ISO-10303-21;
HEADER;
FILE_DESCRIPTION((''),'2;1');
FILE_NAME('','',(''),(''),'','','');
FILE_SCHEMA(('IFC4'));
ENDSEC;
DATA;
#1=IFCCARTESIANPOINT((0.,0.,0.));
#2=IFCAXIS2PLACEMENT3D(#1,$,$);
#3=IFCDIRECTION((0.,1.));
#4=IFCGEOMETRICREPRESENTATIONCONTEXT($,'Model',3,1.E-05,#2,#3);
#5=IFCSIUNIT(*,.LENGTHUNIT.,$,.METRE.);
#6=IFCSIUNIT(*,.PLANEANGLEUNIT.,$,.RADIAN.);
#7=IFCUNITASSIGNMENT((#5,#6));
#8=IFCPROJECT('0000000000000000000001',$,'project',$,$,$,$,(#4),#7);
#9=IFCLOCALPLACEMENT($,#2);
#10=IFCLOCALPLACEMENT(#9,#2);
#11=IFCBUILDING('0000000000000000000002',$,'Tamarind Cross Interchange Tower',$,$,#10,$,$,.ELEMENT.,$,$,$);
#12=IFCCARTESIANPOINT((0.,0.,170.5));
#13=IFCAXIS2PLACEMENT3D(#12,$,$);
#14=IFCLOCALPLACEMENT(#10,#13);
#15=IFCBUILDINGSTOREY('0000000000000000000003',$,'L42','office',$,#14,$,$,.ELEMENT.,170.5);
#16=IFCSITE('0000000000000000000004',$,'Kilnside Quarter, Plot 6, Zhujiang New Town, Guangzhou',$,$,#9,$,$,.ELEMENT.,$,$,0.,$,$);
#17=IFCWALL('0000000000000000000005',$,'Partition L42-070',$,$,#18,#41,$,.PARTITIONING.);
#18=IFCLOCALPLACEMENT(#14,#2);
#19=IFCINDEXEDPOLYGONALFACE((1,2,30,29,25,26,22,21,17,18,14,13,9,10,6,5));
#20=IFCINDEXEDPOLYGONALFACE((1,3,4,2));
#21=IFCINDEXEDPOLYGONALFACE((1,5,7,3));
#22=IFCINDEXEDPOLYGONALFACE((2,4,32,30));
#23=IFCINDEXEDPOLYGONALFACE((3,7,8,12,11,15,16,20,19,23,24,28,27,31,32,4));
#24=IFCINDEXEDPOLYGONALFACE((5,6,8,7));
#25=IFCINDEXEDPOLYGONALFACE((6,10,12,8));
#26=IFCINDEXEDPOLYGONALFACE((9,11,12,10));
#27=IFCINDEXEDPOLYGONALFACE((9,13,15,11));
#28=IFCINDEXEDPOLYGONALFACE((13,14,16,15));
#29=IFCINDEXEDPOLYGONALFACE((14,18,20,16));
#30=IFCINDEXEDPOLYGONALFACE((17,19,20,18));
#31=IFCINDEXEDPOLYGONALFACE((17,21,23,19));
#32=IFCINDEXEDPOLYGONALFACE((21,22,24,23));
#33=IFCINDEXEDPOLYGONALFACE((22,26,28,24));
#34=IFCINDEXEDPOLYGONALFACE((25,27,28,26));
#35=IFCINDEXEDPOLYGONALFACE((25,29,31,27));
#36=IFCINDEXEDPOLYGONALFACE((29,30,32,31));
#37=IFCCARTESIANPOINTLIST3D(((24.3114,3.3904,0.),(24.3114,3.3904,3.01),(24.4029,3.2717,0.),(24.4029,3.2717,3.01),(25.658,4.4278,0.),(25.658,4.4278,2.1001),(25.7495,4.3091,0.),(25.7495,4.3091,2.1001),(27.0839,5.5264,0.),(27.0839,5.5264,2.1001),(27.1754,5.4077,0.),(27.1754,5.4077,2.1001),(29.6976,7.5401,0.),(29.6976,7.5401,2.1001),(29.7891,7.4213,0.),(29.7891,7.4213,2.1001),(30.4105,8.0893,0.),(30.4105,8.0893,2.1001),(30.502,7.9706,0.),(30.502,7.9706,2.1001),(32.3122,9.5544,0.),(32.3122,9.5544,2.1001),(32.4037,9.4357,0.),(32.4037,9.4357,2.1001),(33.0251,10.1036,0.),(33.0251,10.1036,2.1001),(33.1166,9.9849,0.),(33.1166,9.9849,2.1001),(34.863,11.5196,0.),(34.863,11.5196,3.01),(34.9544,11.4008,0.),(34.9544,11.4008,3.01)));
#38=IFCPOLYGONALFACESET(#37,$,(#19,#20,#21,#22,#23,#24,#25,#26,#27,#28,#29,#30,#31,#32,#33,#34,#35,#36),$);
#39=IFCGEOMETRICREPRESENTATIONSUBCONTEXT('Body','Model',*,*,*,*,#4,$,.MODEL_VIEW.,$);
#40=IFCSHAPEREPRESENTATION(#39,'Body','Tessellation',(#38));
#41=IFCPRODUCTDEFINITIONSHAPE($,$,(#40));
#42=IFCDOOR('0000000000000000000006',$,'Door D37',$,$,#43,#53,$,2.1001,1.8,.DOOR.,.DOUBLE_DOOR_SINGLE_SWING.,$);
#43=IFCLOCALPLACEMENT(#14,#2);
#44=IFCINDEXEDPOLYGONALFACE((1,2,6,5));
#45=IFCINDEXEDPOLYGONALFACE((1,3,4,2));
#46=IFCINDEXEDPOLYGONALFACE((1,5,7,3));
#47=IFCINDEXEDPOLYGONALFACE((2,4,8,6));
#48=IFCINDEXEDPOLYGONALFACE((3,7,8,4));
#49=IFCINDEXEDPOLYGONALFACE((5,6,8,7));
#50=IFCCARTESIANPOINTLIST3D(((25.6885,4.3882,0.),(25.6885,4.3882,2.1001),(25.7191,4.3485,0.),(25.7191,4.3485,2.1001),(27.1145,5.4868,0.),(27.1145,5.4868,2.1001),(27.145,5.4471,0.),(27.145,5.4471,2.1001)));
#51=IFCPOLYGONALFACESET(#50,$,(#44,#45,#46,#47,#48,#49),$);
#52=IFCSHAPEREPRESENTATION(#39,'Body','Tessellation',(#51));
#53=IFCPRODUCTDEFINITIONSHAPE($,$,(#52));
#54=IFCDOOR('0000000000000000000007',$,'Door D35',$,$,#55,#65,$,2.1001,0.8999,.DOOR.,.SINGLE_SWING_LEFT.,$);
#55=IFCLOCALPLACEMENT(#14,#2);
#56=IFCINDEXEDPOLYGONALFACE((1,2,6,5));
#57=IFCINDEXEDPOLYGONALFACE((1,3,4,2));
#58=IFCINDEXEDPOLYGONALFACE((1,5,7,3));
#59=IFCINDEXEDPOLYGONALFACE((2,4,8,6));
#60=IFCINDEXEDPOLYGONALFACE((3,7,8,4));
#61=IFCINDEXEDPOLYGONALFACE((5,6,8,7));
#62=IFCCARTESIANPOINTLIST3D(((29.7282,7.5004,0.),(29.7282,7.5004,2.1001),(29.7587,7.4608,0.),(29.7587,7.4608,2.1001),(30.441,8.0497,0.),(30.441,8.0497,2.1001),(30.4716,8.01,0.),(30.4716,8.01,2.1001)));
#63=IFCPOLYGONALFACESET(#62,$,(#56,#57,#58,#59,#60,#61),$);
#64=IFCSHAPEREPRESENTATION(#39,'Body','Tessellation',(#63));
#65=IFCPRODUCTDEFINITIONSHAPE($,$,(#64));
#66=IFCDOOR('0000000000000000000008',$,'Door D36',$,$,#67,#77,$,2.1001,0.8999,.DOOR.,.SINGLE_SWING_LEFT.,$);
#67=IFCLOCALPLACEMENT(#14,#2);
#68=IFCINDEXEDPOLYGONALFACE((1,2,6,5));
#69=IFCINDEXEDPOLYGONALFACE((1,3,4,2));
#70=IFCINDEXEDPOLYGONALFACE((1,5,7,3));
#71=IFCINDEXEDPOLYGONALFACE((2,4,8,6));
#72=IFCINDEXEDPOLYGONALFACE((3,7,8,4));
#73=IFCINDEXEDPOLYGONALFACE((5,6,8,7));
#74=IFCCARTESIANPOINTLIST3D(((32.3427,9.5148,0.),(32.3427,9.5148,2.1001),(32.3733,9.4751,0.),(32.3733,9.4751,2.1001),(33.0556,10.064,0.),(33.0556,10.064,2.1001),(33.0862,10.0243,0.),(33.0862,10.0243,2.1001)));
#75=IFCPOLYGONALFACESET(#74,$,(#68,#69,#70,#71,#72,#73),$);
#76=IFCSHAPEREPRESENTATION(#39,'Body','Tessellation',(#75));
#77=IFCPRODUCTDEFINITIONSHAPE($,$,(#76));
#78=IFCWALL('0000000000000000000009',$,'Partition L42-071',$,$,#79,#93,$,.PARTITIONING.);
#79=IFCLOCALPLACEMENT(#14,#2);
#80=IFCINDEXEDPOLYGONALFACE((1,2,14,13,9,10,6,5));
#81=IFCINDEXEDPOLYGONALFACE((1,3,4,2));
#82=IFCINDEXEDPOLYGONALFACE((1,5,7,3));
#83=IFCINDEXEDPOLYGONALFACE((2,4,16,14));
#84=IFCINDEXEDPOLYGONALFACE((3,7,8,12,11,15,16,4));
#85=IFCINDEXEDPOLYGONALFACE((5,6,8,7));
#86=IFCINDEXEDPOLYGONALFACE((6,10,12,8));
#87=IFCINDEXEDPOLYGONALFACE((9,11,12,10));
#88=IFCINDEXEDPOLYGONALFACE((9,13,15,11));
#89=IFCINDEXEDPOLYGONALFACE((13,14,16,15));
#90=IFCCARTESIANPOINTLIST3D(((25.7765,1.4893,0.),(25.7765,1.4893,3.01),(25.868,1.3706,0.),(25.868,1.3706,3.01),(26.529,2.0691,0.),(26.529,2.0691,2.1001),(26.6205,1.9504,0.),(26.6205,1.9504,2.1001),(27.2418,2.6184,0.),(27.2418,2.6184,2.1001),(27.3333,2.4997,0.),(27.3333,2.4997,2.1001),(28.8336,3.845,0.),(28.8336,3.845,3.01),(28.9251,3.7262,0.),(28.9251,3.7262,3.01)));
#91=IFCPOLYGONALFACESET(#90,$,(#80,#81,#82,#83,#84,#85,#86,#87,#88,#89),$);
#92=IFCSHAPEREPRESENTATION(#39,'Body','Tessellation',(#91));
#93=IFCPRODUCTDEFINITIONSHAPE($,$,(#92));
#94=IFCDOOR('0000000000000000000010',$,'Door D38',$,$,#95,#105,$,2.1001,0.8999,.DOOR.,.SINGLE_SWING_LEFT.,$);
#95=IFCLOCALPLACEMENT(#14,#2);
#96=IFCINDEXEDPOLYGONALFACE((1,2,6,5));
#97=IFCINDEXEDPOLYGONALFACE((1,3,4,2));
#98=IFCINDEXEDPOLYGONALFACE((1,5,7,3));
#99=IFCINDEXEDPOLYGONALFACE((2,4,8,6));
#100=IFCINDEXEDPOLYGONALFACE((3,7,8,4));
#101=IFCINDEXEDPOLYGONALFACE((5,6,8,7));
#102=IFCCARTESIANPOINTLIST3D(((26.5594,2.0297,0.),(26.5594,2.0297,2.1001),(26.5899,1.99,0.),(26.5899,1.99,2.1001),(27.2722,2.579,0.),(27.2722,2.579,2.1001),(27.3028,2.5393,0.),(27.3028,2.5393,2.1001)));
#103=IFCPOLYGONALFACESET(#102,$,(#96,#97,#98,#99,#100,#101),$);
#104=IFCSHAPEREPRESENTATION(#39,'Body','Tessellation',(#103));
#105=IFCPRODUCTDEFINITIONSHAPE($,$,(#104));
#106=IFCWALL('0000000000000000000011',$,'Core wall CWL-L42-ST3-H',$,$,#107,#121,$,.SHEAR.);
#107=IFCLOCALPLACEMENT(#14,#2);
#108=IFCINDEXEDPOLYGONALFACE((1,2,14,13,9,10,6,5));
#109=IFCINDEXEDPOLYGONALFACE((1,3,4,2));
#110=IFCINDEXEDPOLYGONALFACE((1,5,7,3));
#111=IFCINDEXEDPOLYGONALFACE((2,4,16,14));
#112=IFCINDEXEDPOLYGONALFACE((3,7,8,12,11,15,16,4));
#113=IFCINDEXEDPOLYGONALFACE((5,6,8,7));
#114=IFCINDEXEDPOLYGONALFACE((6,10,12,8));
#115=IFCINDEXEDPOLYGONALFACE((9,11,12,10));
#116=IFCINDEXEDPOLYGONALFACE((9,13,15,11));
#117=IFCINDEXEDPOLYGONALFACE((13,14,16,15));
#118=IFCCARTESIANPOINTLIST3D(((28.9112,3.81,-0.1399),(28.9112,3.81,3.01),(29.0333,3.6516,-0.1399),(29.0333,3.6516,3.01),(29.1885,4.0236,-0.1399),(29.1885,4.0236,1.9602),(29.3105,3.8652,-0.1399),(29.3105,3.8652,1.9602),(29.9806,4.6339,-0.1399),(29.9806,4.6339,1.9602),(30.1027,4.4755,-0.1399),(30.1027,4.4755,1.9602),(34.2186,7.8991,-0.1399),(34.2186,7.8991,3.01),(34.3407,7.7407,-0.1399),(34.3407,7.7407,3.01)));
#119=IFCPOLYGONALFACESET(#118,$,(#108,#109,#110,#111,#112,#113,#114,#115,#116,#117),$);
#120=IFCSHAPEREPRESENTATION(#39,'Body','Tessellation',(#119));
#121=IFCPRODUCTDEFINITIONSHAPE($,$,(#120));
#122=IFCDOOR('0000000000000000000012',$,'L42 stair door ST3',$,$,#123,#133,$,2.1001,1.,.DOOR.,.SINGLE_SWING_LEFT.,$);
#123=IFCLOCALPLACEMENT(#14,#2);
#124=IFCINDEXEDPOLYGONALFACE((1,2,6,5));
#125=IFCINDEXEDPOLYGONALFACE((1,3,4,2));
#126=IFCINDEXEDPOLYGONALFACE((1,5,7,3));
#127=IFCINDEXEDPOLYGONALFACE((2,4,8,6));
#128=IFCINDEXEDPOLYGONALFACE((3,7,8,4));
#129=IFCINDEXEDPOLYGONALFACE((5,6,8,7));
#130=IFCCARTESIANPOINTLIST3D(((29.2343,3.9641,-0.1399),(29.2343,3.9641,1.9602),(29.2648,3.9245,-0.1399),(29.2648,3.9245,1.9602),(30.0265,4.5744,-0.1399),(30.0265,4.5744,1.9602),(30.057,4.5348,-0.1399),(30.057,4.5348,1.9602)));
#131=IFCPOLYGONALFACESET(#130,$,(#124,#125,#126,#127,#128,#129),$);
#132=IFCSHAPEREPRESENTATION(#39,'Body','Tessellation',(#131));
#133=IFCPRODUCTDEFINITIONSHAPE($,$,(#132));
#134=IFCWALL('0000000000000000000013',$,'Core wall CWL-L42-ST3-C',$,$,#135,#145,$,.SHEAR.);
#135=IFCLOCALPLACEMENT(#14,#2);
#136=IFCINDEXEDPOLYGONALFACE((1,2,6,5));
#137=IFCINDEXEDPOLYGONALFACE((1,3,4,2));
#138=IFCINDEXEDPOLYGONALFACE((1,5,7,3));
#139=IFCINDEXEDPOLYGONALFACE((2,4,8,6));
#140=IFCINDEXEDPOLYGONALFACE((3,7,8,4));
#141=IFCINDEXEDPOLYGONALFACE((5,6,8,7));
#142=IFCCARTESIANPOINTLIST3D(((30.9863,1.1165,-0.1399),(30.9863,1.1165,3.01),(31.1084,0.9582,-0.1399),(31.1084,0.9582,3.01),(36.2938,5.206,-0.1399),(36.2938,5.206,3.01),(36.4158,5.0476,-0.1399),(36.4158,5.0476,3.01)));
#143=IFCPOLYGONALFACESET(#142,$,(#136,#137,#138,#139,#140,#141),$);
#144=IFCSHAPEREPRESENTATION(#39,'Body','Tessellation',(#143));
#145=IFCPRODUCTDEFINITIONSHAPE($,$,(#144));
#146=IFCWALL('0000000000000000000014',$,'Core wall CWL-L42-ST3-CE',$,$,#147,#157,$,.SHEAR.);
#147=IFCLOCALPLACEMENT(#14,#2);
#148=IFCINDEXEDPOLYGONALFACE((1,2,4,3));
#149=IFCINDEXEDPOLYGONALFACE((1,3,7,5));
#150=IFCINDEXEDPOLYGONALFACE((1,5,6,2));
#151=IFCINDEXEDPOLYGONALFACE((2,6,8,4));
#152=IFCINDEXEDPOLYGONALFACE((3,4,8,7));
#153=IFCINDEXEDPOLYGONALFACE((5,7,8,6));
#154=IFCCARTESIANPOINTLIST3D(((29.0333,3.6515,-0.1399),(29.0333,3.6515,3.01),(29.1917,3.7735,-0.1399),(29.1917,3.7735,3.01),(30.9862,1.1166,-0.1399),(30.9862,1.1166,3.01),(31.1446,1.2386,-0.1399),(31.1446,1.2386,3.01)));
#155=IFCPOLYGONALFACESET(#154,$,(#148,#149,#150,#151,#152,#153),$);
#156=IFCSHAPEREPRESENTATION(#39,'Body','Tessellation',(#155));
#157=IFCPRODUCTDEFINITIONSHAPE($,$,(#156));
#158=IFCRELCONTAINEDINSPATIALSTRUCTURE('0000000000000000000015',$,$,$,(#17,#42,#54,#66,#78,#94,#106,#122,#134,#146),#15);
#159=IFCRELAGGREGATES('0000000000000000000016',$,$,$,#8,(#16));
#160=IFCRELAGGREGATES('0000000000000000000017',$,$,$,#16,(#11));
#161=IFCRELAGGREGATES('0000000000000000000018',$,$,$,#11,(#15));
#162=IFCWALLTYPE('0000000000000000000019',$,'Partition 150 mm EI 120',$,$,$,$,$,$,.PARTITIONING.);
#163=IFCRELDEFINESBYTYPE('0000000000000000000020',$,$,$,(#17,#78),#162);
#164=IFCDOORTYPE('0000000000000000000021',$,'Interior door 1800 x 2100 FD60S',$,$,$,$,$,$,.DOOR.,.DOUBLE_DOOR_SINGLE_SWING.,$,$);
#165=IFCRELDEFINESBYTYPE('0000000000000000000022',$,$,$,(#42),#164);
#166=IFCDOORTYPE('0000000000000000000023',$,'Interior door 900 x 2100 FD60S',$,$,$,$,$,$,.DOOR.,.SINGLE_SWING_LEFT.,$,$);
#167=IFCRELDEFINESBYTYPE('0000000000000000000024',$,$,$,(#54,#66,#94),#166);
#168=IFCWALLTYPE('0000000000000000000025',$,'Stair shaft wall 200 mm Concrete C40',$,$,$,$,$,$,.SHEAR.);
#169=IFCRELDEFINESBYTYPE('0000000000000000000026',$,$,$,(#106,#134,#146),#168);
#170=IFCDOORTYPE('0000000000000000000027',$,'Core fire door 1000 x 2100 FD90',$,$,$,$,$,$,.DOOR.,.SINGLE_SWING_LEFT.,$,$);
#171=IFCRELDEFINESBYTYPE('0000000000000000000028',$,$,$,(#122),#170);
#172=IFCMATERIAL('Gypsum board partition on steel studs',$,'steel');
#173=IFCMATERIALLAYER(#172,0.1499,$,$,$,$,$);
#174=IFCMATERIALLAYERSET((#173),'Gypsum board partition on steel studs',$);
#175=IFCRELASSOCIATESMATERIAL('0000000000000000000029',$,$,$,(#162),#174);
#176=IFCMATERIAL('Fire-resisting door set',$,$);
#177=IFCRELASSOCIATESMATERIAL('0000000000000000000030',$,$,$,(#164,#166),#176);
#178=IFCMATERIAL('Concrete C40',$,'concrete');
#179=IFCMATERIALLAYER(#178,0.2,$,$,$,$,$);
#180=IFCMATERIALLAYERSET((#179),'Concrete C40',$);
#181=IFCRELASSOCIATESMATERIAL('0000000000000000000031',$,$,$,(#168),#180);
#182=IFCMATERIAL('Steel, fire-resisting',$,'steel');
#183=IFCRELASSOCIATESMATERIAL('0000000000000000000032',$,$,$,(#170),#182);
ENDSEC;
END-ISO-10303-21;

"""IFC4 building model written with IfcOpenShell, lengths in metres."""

from ifc_helpers import new_model, si_unit, direction, frame, frame_2d, origin, place, context, subcontext, project, spatial, rectangle, extrude, material, layer, layer_set, type_object, element, fill, save


model = new_model("IFC4")

# Units and contexts
model_context = context("Model", 3, precision=1e-05, world=origin(), true_north=direction((0.0, 1.0)))
body_context = subcontext(model_context, "Body", "Model", "MODEL_VIEW")
ifc_project = project(units=[si_unit("LENGTHUNIT", "METRE"), si_unit("PLANEANGLEUNIT", "RADIAN")], contexts=[model_context])

# Site, building, storey
site_placement = place(None, origin())
site = spatial("IfcSite", under=ifc_project, at=site_placement, Name="Kilnside Quarter, Plot 6, Zhujiang New Town, Guangzhou", CompositionType="ELEMENT", RefElevation=0.0)
building_placement = place(site_placement, origin())
building = spatial("IfcBuilding", under=site, at=building_placement, Name="Tamarind Cross Interchange Tower", CompositionType="ELEMENT")
storey_placement = place(building_placement, frame((0.0, 0.0, 170.5)))
storey = spatial("IfcBuildingStorey", under=building, at=storey_placement, Name="L42", Description="office", CompositionType="ELEMENT", Elevation=170.5)

# Wall, openings, doors
ifc_material_1 = material(Name="Gypsum board partition on steel studs", Category="steel")
ifc_layer_1 = layer(ifc_material_1, 0.1499)
ifc_layer_set_1 = layer_set([ifc_layer_1], Name="Gypsum board partition on steel studs")
wall_type_1 = type_object("IfcWallType", Name="Partition 150 mm EI 120", PredefinedType="PARTITIONING", material=ifc_layer_set_1)
wall_1_placement = place(storey_placement, frame((24.3572, 3.3311, 0.0), z_axis=(0.0, 0.0, 1.0), x_axis=(0.792167, 0.610305, 0.0)))
wall_1 = element("IfcWall", 1, at=wall_1_placement, inside=storey, type_object=wall_type_1, Name="Partition L42-070", PredefinedType="PARTITIONING", context=body_context, shape_type="SweptSolid", body=[
    extrude(rectangle(XDim=13.3198, YDim=0.1499, at=frame_2d((6.6599, 0.0))), origin(), (0.0, 0.0, 1.0), 3.01),
])
opening_1_placement = place(wall_1_placement, frame((6.7993, 0.0, 0.0)))
opening_1 = element("IfcOpeningElement", 2, at=opening_1_placement, cuts=wall_1, PredefinedType="OPENING", context=body_context, shape_type="SweptSolid", body=[
    extrude(rectangle(XDim=0.8999, YDim=2.1001, at=frame_2d((0.45, 1.05))), frame((0.0, 0.085, 0.0), z_axis=(0.0, -1.0, 0.0), x_axis=(1.0, 0.0, 0.0)), (0.0, 0.0, 1.0), 0.1699),
])
opening_2_placement = place(wall_1_placement, frame((10.0999, 0.0, 0.0)))
opening_2 = element("IfcOpeningElement", 3, at=opening_2_placement, cuts=wall_1, PredefinedType="OPENING", context=body_context, shape_type="SweptSolid", body=[
    extrude(rectangle(XDim=0.8999, YDim=2.1001, at=frame_2d((0.45, 1.05))), frame((0.0, 0.085, 0.0), z_axis=(0.0, -1.0, 0.0), x_axis=(1.0, 0.0, 0.0)), (0.0, 0.0, 1.0), 0.1699),
])
opening_3_placement = place(wall_1_placement, frame((1.7, 0.0, 0.0)))
opening_3 = element("IfcOpeningElement", 4, at=opening_3_placement, cuts=wall_1, PredefinedType="OPENING", context=body_context, shape_type="SweptSolid", body=[
    extrude(rectangle(XDim=1.8, YDim=2.1001, at=frame_2d((0.8999, 1.05))), frame((0.0, 0.085, 0.0), z_axis=(0.0, -1.0, 0.0), x_axis=(1.0, 0.0, 0.0)), (0.0, 0.0, 1.0), 0.1699),
])
ifc_material_2 = material(Name="Fire-resisting door set")
door_type_1 = type_object("IfcDoorType", Name="Interior door 1800 x 2100 FD60S", OperationType="DOUBLE_DOOR_SINGLE_SWING", PredefinedType="DOOR", material=ifc_material_2)
door_1_placement = place(opening_3_placement, origin())
door_1 = element("IfcDoor", 5, at=door_1_placement, inside=storey, type_object=door_type_1, Name="Door D37", OperationType="DOUBLE_DOOR_SINGLE_SWING", OverallHeight=2.1001, OverallWidth=1.8, PredefinedType="DOOR", context=body_context, shape_type="SweptSolid", body=[
    extrude(rectangle(XDim=1.8, YDim=2.1001, at=frame_2d((0.8999, 1.05))), frame((0.0, 0.0249, 0.0), z_axis=(0.0, -1.0, 0.0), x_axis=(1.0, 0.0, 0.0)), (0.0, 0.0, 1.0), 0.05),
])
fill(opening_3, door_1)
door_type_2 = type_object("IfcDoorType", Name="Interior door 900 x 2100 FD60S", OperationType="SINGLE_SWING_LEFT", PredefinedType="DOOR", material=ifc_material_2)
door_2_placement = place(opening_1_placement, origin())
door_2 = element("IfcDoor", 6, at=door_2_placement, inside=storey, type_object=door_type_2, Name="Door D35", OperationType="SINGLE_SWING_LEFT", OverallHeight=2.1001, OverallWidth=0.8999, PredefinedType="DOOR", context=body_context, shape_type="SweptSolid", body=[
    extrude(rectangle(XDim=0.8999, YDim=2.1001, at=frame_2d((0.45, 1.05))), frame((0.0, 0.0249, 0.0), z_axis=(0.0, -1.0, 0.0), x_axis=(1.0, 0.0, 0.0)), (0.0, 0.0, 1.0), 0.05),
])
fill(opening_1, door_2)
door_3_placement = place(opening_2_placement, origin())
door_3 = element("IfcDoor", 7, at=door_3_placement, inside=storey, type_object=door_type_2, Name="Door D36", OperationType="SINGLE_SWING_LEFT", OverallHeight=2.1001, OverallWidth=0.8999, PredefinedType="DOOR", context=body_context, shape_type="SweptSolid", body=[
    extrude(rectangle(XDim=0.8999, YDim=2.1001, at=frame_2d((0.45, 1.05))), frame((0.0, 0.0249, 0.0), z_axis=(0.0, -1.0, 0.0), x_axis=(1.0, 0.0, 0.0)), (0.0, 0.0, 1.0), 0.05),
])
fill(opening_2, door_3)

# Walls, openings, doors
wall_2_placement = place(storey_placement, frame((25.8223, 1.4299, 0.0), z_axis=(0.0, 0.0, 1.0), x_axis=(0.792113, 0.610374, 0.0)))
wall_2 = element("IfcWall", 8, at=wall_2_placement, inside=storey, type_object=wall_type_1, Name="Partition L42-071", PredefinedType="PARTITIONING", context=body_context, shape_type="SweptSolid", body=[
    extrude(rectangle(XDim=3.8594, YDim=0.1499, at=frame_2d((1.9297, 0.0))), origin(), (0.0, 0.0, 1.0), 3.01),
])
opening_4_placement = place(wall_2_placement, frame((0.95, 0.0, 0.0)))
opening_4 = element("IfcOpeningElement", 9, at=opening_4_placement, cuts=wall_2, PredefinedType="OPENING", context=body_context, shape_type="SweptSolid", body=[
    extrude(rectangle(XDim=0.8999, YDim=2.1001, at=frame_2d((0.45, 1.05))), frame((0.0, 0.085, 0.0), z_axis=(0.0, -1.0, 0.0), x_axis=(1.0, 0.0, 0.0)), (0.0, 0.0, 1.0), 0.1699),
])
door_4_placement = place(opening_4_placement, frame((0.8999, 0.0, 0.0), z_axis=(0.0, 0.0, 1.0), x_axis=(-1.0, 0.0, 0.0)))
door_4 = element("IfcDoor", 10, at=door_4_placement, inside=storey, type_object=door_type_2, Name="Door D38", OperationType="SINGLE_SWING_LEFT", OverallHeight=2.1001, OverallWidth=0.8999, PredefinedType="DOOR", context=body_context, shape_type="SweptSolid", body=[
    extrude(rectangle(XDim=0.8999, YDim=2.1001, at=frame_2d((0.45, 1.05))), frame((0.0, 0.0249, 0.0), z_axis=(0.0, -1.0, 0.0), x_axis=(1.0, 0.0, 0.0)), (0.0, 0.0, 1.0), 0.05),
])
fill(opening_4, door_4)
ifc_material_3 = material(Name="Concrete C40", Category="concrete")
ifc_layer_2 = layer(ifc_material_3, 0.2)
ifc_layer_set_2 = layer_set([ifc_layer_2], Name="Concrete C40")
wall_type_2 = type_object("IfcWallType", Name="Stair shaft wall 200 mm Concrete C40", PredefinedType="SHEAR", material=ifc_layer_set_2)
wall_3_placement = place(storey_placement, frame((28.9722, 3.7307, -0.1399), z_axis=(0.0, 0.0, 1.0), x_axis=(0.792154, 0.610322, 0.0)))
wall_3 = element("IfcWall", 11, at=wall_3_placement, inside=storey, type_object=wall_type_2, Name="Core wall CWL-L42-ST3-H", PredefinedType="SHEAR", context=body_context, shape_type="SweptSolid", body=[
    extrude(rectangle(XDim=6.7, YDim=0.2, at=frame_2d((3.3501, 0.0))), origin(), (0.0, 0.0, 1.0), 3.1499),
])
opening_5_placement = place(wall_3_placement, frame((0.3501, 0.0, 0.0)))
opening_5 = element("IfcOpeningElement", 12, at=opening_5_placement, cuts=wall_3, PredefinedType="OPENING", context=body_context, shape_type="SweptSolid", body=[
    extrude(rectangle(XDim=1.0, YDim=2.1001, at=frame_2d((0.5, 1.05))), frame((0.0, 0.1099, 0.0), z_axis=(0.0, -1.0, 0.0), x_axis=(1.0, 0.0, 0.0)), (0.0, 0.0, 1.0), 0.22),
])
ifc_material_4 = material(Name="Steel, fire-resisting", Category="steel")
door_type_3 = type_object("IfcDoorType", Name="Core fire door 1000 x 2100 FD90", OperationType="SINGLE_SWING_LEFT", PredefinedType="DOOR", material=ifc_material_4)
door_5_placement = place(opening_5_placement, origin())
door_5 = element("IfcDoor", 13, at=door_5_placement, inside=storey, type_object=door_type_3, Name="L42 stair door ST3", OperationType="SINGLE_SWING_LEFT", OverallHeight=2.1001, OverallWidth=1.0, PredefinedType="DOOR", context=body_context, shape_type="SweptSolid", body=[
    extrude(rectangle(XDim=1.0, YDim=2.1001, at=frame_2d((0.5, 1.05))), frame((0.0, 0.0249, 0.0), z_axis=(0.0, -1.0, 0.0), x_axis=(1.0, 0.0, 0.0)), (0.0, 0.0, 1.0), 0.05),
])
fill(opening_5, door_5)

# Walls
wall_4_placement = place(storey_placement, frame((31.0474, 1.0374, -0.1399), z_axis=(0.0, 0.0, 1.0), x_axis=(0.792136, 0.610345, 0.0)))
element("IfcWall", 14, at=wall_4_placement, inside=storey, type_object=wall_type_2, Name="Core wall CWL-L42-ST3-C", PredefinedType="SHEAR", context=body_context, shape_type="SweptSolid", body=[
    extrude(rectangle(XDim=6.7002, YDim=0.2, at=frame_2d((3.3501, 0.0))), origin(), (0.0, 0.0, 1.0), 3.1499),
])
wall_5_placement = place(storey_placement, frame((31.0654, 1.1775, -0.1399), z_axis=(0.0, 0.0, 1.0), x_axis=(-0.610289, 0.792178, 0.0)))
element("IfcWall", 15, at=wall_5_placement, inside=storey, type_object=wall_type_2, Name="Core wall CWL-L42-ST3-CE", PredefinedType="SHEAR", context=body_context, shape_type="SweptSolid", body=[
    extrude(rectangle(XDim=3.2, YDim=0.2, at=frame_2d((1.6001, 0.0))), origin(), (0.0, 0.0, 1.0), 3.1499),
])

save(model, "model.ifc")
